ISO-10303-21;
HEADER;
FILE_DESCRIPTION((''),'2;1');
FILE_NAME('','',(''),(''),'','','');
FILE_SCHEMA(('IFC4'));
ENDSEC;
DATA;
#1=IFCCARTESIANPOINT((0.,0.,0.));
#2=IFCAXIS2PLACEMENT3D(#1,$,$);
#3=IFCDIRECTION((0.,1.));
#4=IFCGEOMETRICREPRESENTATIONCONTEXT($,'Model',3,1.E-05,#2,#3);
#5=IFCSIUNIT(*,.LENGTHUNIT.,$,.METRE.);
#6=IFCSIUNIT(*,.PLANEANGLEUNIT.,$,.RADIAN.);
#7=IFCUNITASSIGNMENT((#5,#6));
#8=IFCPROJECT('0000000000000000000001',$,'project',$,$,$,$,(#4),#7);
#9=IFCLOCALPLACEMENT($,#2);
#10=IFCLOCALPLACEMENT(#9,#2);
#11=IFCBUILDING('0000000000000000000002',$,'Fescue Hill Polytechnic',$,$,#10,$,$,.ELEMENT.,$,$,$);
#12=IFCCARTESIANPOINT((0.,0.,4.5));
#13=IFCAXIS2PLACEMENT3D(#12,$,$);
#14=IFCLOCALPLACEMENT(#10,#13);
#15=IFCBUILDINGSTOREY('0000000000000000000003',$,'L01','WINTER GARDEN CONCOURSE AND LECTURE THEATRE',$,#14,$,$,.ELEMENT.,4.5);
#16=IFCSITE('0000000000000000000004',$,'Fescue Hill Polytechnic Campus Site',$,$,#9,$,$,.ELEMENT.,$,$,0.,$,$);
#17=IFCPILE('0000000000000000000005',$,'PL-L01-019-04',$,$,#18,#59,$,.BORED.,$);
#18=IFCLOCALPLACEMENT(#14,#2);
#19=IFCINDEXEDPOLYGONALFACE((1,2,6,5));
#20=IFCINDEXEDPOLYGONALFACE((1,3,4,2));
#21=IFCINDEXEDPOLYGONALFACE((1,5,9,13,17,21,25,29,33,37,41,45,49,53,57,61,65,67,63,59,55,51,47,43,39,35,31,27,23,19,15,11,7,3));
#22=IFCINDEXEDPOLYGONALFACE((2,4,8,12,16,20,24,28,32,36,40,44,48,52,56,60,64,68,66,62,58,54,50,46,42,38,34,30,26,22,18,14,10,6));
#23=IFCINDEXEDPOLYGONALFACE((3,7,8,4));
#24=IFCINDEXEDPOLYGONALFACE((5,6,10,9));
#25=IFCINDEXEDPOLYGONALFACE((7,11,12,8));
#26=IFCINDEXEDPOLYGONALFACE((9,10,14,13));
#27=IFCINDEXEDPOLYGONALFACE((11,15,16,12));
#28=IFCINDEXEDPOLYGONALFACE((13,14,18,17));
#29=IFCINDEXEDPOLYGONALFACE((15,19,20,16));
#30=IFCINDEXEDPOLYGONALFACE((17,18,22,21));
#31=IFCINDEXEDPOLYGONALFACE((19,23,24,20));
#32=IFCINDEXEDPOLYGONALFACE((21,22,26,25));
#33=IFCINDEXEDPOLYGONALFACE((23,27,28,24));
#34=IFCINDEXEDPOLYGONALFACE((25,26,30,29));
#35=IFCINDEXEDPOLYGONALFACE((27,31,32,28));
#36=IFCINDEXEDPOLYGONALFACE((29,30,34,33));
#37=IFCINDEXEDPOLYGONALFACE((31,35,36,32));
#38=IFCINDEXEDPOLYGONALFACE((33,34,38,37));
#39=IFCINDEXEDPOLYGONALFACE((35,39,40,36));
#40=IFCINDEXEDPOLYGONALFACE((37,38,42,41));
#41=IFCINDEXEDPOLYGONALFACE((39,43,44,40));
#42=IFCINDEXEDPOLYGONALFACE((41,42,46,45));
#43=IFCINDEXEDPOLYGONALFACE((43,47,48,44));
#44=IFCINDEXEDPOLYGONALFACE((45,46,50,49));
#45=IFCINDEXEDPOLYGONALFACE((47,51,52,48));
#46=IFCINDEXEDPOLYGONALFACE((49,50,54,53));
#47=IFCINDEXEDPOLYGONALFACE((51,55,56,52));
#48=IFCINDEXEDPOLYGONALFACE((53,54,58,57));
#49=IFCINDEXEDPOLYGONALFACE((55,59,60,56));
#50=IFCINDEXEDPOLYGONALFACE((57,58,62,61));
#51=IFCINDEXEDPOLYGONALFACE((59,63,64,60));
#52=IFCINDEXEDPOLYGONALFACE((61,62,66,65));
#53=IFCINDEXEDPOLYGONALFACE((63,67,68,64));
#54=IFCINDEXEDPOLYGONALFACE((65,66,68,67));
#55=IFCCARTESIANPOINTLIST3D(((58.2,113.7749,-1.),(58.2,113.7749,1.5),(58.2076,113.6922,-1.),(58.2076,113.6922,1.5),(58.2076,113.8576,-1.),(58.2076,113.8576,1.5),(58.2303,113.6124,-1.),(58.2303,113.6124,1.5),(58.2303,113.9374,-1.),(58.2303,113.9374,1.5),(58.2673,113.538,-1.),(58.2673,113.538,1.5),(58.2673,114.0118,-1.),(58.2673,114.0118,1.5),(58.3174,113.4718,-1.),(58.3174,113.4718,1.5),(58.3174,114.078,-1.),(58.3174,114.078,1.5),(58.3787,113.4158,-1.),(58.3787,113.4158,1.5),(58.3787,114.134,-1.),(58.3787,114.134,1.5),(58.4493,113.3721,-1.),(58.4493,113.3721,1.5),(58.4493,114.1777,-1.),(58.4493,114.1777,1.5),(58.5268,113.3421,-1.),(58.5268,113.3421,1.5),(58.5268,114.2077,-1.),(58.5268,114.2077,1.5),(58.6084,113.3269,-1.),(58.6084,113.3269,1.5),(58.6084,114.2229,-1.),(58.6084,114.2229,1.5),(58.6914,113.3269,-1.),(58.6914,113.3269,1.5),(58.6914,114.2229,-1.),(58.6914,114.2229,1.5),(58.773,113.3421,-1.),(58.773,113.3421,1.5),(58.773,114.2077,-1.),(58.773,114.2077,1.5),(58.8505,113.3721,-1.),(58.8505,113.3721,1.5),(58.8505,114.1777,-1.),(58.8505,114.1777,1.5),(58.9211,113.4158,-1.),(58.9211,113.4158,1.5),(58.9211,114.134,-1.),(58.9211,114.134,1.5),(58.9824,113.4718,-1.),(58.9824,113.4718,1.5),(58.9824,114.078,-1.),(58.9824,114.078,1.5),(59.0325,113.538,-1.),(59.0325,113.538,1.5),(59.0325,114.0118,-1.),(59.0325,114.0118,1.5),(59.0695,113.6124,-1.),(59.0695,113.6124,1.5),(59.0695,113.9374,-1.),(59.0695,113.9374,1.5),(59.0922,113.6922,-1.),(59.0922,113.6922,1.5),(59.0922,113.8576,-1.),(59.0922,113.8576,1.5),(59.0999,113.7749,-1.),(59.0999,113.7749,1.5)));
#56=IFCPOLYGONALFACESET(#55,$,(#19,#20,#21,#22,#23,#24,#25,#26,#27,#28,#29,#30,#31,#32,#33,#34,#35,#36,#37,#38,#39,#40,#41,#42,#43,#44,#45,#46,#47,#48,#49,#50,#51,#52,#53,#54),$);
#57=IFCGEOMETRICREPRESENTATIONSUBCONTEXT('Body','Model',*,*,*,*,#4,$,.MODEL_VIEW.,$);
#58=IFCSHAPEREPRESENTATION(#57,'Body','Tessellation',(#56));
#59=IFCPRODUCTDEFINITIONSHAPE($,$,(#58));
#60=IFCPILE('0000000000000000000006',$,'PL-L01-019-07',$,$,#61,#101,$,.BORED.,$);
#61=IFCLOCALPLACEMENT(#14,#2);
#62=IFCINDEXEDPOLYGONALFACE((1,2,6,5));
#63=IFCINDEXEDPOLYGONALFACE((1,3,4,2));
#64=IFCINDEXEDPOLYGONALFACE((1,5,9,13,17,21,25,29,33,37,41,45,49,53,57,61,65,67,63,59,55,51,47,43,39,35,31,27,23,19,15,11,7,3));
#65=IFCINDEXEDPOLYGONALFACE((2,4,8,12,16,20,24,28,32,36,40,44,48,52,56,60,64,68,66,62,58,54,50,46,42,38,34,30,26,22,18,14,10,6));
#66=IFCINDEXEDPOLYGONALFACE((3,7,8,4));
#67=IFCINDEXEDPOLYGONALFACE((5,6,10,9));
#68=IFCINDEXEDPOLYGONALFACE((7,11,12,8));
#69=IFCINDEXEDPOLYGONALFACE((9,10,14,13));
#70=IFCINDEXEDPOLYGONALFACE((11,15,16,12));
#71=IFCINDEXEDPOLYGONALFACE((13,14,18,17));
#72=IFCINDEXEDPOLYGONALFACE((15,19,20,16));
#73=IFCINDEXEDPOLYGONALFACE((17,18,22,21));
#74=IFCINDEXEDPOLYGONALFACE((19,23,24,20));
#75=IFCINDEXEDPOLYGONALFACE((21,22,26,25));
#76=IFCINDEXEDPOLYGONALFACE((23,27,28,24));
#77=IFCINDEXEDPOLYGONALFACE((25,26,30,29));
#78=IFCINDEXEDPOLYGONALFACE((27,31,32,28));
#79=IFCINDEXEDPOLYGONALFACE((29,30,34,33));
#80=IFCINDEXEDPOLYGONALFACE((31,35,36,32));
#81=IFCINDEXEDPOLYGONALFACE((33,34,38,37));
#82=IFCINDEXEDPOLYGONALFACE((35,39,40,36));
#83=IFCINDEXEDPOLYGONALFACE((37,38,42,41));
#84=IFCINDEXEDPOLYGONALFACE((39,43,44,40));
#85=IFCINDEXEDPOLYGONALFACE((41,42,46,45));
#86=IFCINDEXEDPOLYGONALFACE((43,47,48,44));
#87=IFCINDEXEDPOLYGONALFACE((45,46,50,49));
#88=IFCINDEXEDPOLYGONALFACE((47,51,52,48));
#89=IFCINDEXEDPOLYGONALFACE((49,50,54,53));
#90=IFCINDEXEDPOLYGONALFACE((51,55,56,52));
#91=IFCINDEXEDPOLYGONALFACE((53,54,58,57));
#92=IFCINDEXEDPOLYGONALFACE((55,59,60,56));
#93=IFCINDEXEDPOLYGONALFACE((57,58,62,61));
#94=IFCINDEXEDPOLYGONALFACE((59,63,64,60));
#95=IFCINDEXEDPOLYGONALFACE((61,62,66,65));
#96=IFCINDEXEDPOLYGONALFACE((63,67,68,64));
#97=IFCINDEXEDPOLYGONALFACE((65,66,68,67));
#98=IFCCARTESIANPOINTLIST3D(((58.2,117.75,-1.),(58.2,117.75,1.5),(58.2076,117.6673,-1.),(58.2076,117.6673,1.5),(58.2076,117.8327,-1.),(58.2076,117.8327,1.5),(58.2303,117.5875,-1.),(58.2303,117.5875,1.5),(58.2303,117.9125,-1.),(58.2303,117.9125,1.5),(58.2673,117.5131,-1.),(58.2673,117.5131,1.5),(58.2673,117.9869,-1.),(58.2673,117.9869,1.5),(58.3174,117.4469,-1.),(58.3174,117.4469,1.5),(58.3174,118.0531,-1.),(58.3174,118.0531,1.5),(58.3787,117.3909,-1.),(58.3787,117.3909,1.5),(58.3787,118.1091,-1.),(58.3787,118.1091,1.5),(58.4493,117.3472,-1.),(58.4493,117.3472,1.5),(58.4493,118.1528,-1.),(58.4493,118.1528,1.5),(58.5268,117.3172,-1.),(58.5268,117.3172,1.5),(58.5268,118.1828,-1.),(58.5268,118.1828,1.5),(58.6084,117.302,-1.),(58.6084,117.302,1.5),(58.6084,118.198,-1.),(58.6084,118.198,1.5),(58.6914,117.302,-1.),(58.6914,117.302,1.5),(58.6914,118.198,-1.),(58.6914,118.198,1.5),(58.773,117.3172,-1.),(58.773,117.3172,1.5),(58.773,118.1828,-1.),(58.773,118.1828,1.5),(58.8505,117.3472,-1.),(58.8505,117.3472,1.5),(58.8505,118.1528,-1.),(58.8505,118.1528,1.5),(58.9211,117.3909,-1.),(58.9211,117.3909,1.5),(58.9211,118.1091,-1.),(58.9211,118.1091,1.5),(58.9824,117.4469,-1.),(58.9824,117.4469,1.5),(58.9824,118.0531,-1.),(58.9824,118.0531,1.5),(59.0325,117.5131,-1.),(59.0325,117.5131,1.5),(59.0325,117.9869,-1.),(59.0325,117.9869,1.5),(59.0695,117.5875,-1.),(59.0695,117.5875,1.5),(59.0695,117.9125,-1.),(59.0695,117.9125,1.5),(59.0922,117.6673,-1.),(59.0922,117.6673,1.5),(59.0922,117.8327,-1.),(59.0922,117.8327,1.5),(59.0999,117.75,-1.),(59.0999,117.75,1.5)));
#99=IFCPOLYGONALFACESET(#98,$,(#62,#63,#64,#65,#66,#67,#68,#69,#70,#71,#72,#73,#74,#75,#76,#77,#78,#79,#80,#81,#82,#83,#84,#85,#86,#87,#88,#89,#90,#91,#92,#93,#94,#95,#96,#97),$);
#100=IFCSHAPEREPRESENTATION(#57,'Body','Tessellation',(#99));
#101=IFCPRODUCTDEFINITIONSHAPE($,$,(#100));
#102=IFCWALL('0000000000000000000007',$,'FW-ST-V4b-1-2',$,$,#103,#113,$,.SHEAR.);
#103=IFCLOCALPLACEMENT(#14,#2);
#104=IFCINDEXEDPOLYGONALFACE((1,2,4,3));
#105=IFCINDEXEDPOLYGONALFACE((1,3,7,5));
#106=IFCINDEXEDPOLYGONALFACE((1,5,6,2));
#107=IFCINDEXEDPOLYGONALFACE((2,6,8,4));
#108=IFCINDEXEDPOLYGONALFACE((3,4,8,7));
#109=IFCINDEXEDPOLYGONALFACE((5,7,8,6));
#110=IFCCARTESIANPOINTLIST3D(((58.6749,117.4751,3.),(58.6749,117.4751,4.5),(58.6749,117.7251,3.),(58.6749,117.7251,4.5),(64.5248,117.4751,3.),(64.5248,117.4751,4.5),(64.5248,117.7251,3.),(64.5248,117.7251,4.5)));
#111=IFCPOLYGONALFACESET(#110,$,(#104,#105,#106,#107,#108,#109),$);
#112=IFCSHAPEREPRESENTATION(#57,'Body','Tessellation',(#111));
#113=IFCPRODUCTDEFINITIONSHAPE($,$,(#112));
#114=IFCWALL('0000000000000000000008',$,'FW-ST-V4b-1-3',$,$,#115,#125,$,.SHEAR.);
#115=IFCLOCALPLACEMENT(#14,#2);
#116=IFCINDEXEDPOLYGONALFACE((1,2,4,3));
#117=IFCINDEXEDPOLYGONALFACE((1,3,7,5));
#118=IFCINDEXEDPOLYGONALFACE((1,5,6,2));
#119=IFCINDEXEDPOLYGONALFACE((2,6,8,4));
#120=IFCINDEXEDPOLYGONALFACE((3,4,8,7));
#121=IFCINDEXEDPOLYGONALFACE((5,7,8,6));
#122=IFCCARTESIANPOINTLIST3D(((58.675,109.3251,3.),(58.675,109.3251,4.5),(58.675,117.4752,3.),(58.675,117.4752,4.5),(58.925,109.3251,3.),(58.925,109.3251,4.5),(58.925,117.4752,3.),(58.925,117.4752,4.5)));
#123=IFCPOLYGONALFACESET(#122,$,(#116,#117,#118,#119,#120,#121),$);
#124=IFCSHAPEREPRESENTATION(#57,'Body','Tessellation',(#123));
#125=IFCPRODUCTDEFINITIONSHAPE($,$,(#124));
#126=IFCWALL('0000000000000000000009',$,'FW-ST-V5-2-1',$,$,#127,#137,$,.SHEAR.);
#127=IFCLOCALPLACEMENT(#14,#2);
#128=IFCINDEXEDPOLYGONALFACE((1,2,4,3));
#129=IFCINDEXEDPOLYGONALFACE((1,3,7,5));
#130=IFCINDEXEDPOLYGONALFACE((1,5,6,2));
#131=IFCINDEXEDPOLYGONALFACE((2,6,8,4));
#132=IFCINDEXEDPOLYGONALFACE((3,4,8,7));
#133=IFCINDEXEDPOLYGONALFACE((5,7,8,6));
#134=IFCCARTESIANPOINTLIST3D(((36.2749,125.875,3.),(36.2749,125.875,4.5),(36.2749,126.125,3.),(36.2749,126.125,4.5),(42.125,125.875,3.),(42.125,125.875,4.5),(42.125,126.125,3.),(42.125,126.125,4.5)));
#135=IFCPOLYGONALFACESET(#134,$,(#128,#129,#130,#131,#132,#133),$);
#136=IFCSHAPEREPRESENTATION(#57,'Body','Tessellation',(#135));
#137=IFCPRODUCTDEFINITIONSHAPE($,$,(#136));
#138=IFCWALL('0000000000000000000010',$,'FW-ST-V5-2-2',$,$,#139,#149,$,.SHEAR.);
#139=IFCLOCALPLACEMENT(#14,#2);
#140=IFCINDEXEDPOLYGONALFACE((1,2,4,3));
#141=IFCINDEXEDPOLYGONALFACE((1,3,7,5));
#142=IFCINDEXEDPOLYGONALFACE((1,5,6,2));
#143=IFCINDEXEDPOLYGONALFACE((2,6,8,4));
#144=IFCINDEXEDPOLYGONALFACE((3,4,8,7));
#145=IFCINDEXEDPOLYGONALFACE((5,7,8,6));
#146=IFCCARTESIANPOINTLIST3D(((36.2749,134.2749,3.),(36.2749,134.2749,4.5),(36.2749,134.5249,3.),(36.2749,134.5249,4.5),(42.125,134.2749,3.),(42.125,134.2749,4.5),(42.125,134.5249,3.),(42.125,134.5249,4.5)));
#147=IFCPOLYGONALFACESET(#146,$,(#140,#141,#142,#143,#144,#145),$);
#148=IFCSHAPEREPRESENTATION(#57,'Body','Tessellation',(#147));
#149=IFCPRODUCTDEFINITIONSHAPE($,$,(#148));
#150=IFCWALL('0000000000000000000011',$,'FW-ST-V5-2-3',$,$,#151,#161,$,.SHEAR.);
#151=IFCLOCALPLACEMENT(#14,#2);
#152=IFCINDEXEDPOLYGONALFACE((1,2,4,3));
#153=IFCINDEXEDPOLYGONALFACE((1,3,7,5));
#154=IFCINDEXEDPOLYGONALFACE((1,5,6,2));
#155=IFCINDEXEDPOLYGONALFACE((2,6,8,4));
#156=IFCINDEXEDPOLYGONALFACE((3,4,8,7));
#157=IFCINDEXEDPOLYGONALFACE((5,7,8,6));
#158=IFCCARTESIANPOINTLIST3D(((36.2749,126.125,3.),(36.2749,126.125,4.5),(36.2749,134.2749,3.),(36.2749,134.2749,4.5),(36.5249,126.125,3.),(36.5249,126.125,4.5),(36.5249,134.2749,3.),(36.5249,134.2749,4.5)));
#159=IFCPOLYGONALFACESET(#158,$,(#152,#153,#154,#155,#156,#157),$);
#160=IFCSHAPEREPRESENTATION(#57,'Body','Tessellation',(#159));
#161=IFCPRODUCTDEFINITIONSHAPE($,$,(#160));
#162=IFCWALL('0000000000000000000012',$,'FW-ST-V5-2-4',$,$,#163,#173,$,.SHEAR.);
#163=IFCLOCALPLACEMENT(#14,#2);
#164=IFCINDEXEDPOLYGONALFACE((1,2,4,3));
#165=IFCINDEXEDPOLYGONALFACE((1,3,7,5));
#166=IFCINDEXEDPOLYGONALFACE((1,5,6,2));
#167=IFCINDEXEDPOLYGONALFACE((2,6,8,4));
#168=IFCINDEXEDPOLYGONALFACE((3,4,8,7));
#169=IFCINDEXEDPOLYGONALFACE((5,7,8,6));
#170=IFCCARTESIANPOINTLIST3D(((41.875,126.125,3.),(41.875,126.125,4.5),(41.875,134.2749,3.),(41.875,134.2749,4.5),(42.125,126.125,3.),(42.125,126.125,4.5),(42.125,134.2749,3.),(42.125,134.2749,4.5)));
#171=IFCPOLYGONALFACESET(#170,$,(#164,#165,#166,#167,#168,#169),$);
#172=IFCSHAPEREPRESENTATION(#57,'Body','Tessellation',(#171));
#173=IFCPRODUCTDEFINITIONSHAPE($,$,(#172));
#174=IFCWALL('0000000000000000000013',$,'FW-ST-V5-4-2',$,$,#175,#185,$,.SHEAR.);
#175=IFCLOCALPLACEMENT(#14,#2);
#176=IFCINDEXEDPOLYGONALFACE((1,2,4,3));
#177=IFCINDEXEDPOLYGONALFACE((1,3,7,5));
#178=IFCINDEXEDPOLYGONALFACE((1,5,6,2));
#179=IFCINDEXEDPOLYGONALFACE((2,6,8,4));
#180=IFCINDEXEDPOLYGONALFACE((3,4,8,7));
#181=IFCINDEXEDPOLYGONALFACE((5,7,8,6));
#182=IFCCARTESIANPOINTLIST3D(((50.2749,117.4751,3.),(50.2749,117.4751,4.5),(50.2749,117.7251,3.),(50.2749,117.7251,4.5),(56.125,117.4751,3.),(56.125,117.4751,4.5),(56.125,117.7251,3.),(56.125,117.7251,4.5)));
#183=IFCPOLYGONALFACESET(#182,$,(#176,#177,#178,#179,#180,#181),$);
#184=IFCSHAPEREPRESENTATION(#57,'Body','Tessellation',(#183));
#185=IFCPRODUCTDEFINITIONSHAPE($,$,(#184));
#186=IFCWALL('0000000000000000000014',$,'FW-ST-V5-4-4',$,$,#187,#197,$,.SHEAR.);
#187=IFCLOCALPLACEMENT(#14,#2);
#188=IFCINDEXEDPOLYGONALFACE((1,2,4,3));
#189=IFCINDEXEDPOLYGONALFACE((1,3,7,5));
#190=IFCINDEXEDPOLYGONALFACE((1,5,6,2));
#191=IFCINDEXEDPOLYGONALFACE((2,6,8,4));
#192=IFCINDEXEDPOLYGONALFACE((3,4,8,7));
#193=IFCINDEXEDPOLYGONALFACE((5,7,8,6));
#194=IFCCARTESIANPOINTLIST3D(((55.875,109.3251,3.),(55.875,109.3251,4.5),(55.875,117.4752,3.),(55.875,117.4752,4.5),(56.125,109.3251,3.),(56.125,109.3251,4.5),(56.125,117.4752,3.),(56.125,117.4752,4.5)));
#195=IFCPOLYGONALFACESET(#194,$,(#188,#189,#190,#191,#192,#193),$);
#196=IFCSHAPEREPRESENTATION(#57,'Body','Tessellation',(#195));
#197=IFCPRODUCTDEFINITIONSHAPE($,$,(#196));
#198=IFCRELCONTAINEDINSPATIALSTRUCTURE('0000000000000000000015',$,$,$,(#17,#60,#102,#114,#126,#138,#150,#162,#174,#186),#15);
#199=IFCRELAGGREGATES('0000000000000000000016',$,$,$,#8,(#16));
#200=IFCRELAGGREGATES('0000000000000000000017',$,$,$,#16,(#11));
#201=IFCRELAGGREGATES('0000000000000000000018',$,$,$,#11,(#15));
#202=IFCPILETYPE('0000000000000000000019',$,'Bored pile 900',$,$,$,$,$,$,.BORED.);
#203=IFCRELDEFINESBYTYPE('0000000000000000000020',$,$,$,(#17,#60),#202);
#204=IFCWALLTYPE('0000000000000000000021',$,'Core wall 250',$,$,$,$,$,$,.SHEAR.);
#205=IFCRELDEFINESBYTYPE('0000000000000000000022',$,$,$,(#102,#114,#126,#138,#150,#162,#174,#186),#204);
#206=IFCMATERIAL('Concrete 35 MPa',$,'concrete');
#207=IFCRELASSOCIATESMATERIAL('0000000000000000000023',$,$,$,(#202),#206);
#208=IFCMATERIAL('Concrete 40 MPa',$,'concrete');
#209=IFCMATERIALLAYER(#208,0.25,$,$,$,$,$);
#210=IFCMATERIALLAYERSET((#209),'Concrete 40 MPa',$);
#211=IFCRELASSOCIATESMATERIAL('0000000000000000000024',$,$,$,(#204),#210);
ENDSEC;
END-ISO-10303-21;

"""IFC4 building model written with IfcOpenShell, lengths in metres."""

from ifc_helpers import new_model, si_unit, direction, frame, frame_2d, origin, origin_2d, place, context, subcontext, project, spatial, rectangle, circle, extrude, material, layer, layer_set, material_profile, profile_set, type_object, element, save


model = new_model("IFC4")

# Units and contexts
model_context = context("Model", 3, precision=1e-05, world=origin(), true_north=direction((0.0, 1.0)))
body_context = subcontext(model_context, "Body", "Model", "MODEL_VIEW")
ifc_project = project(units=[si_unit("LENGTHUNIT", "METRE"), si_unit("PLANEANGLEUNIT", "RADIAN")], contexts=[model_context])

# Site, building, storey
site_placement = place(None, origin())
site = spatial("IfcSite", under=ifc_project, at=site_placement, Name="Fescue Hill Polytechnic Campus Site", CompositionType="ELEMENT", RefElevation=0.0)
building_placement = place(site_placement, origin())
building = spatial("IfcBuilding", under=site, at=building_placement, Name="Fescue Hill Polytechnic", CompositionType="ELEMENT")
storey_placement = place(building_placement, frame((0.0, 0.0, 4.5)))
storey = spatial("IfcBuildingStorey", under=building, at=storey_placement, Name="L01", Description="WINTER GARDEN CONCOURSE AND LECTURE THEATRE", CompositionType="ELEMENT", Elevation=4.5)

# Piles
ifc_material_1 = material(Name="Concrete 35 MPa", Category="concrete")
ifc_material_profile = material_profile(ifc_material_1, circle(Radius=0.45, at=origin_2d()), Name="Bored pile 900")
ifc_profile_set = profile_set([ifc_material_profile], Name="Concrete 35 MPa")
pile_type = type_object("IfcPileType", Name="Bored pile 900", PredefinedType="BORED", material=ifc_profile_set)
for number, where, z_axis, x_axis, name in (
    (1, (58.6499, 113.7749, 1.5), (0.0, 0.0, -1.0), (1.0, 0.0, 0.0), "PL-L01-019-04"),
    (2, (58.6499, 117.75, 1.5), (0.0, 0.0, -1.0), (1.0, 0.0, 0.0), "PL-L01-019-07"),
):
    element("IfcPile", number, at=place(storey_placement, frame(where, z_axis=z_axis, x_axis=x_axis)), inside=storey, type_object=pile_type, Name=name, PredefinedType="BORED", context=body_context, shape_type="SweptSolid", body=[
        extrude(circle(Radius=0.45, at=origin_2d()), origin(), (0.0, 0.0, 1.0), 2.5),
    ])

# Walls
ifc_material_2 = material(Name="Concrete 40 MPa", Category="concrete")
ifc_layer = layer(ifc_material_2, 0.25)
ifc_layer_set = layer_set([ifc_layer], Name="Concrete 40 MPa")
wall_type = type_object("IfcWallType", Name="Core wall 250", PredefinedType="SHEAR", material=ifc_layer_set)
wall_1_placement = place(storey_placement, frame((58.675, 117.6001, 3.0), z_axis=(0.0, 0.0, 1.0), x_axis=(1.0, 0.0, 0.0)))
element("IfcWall", 3, at=wall_1_placement, inside=storey, type_object=wall_type, Name="FW-ST-V4b-1-2", PredefinedType="SHEAR", context=body_context, shape_type="SweptSolid", body=[
    extrude(rectangle(XDim=5.8499, YDim=0.25, at=frame_2d((2.9248, 0.0))), origin(), (0.0, 0.0, 1.0), 1.5),
])
wall_2_placement = place(storey_placement, frame((58.8, 109.325, 3.0), z_axis=(0.0, 0.0, 1.0), x_axis=(0.0, 1.0, 0.0)))
element("IfcWall", 4, at=wall_2_placement, inside=storey, type_object=wall_type, Name="FW-ST-V4b-1-3", PredefinedType="SHEAR", context=body_context, shape_type="SweptSolid", body=[
    extrude(rectangle(XDim=8.1501, YDim=0.25, at=frame_2d((4.0752, 0.0))), origin(), (0.0, 0.0, 1.0), 1.5),
])
for number, where, z_axis, x_axis, name in (
    (5, (36.2749, 126.0, 3.0), (0.0, 0.0, 1.0), (1.0, 0.0, 0.0), "FW-ST-V5-2-1"),
    (6, (36.2749, 134.3999, 3.0), (0.0, 0.0, 1.0), (1.0, 0.0, 0.0), "FW-ST-V5-2-2"),
):
    element("IfcWall", number, at=place(storey_placement, frame(where, z_axis=z_axis, x_axis=x_axis)), inside=storey, type_object=wall_type, Name=name, PredefinedType="SHEAR", context=body_context, shape_type="SweptSolid", body=[
        extrude(rectangle(XDim=5.8501, YDim=0.25, at=frame_2d((2.925, 0.0))), origin(), (0.0, 0.0, 1.0), 1.5),
    ])
for number, where, z_axis, x_axis, name in (
    (7, (36.3999, 126.125, 3.0), (0.0, 0.0, 1.0), (0.0, 1.0, 0.0), "FW-ST-V5-2-3"),
    (8, (42.0, 126.125, 3.0), (0.0, 0.0, 1.0), (0.0, 1.0, 0.0), "FW-ST-V5-2-4"),
):
    element("IfcWall", number, at=place(storey_placement, frame(where, z_axis=z_axis, x_axis=x_axis)), inside=storey, type_object=wall_type, Name=name, PredefinedType="SHEAR", context=body_context, shape_type="SweptSolid", body=[
        extrude(rectangle(XDim=8.1499, YDim=0.25, at=frame_2d((4.075, 0.0))), origin(), (0.0, 0.0, 1.0), 1.5),
    ])
wall_3_placement = place(storey_placement, frame((50.2749, 117.6001, 3.0), z_axis=(0.0, 0.0, 1.0), x_axis=(1.0, 0.0, 0.0)))
element("IfcWall", 9, at=wall_3_placement, inside=storey, type_object=wall_type, Name="FW-ST-V5-4-2", PredefinedType="SHEAR", context=body_context, shape_type="SweptSolid", body=[
    extrude(rectangle(XDim=5.8501, YDim=0.25, at=frame_2d((2.925, 0.0))), origin(), (0.0, 0.0, 1.0), 1.5),
])
wall_4_placement = place(storey_placement, frame((56.0, 109.325, 3.0), z_axis=(0.0, 0.0, 1.0), x_axis=(0.0, 1.0, 0.0)))
element("IfcWall", 10, at=wall_4_placement, inside=storey, type_object=wall_type, Name="FW-ST-V5-4-4", PredefinedType="SHEAR", context=body_context, shape_type="SweptSolid", body=[
    extrude(rectangle(XDim=8.1501, YDim=0.25, at=frame_2d((4.0752, 0.0))), origin(), (0.0, 0.0, 1.0), 1.5),
])

save(model, "model.ifc")
